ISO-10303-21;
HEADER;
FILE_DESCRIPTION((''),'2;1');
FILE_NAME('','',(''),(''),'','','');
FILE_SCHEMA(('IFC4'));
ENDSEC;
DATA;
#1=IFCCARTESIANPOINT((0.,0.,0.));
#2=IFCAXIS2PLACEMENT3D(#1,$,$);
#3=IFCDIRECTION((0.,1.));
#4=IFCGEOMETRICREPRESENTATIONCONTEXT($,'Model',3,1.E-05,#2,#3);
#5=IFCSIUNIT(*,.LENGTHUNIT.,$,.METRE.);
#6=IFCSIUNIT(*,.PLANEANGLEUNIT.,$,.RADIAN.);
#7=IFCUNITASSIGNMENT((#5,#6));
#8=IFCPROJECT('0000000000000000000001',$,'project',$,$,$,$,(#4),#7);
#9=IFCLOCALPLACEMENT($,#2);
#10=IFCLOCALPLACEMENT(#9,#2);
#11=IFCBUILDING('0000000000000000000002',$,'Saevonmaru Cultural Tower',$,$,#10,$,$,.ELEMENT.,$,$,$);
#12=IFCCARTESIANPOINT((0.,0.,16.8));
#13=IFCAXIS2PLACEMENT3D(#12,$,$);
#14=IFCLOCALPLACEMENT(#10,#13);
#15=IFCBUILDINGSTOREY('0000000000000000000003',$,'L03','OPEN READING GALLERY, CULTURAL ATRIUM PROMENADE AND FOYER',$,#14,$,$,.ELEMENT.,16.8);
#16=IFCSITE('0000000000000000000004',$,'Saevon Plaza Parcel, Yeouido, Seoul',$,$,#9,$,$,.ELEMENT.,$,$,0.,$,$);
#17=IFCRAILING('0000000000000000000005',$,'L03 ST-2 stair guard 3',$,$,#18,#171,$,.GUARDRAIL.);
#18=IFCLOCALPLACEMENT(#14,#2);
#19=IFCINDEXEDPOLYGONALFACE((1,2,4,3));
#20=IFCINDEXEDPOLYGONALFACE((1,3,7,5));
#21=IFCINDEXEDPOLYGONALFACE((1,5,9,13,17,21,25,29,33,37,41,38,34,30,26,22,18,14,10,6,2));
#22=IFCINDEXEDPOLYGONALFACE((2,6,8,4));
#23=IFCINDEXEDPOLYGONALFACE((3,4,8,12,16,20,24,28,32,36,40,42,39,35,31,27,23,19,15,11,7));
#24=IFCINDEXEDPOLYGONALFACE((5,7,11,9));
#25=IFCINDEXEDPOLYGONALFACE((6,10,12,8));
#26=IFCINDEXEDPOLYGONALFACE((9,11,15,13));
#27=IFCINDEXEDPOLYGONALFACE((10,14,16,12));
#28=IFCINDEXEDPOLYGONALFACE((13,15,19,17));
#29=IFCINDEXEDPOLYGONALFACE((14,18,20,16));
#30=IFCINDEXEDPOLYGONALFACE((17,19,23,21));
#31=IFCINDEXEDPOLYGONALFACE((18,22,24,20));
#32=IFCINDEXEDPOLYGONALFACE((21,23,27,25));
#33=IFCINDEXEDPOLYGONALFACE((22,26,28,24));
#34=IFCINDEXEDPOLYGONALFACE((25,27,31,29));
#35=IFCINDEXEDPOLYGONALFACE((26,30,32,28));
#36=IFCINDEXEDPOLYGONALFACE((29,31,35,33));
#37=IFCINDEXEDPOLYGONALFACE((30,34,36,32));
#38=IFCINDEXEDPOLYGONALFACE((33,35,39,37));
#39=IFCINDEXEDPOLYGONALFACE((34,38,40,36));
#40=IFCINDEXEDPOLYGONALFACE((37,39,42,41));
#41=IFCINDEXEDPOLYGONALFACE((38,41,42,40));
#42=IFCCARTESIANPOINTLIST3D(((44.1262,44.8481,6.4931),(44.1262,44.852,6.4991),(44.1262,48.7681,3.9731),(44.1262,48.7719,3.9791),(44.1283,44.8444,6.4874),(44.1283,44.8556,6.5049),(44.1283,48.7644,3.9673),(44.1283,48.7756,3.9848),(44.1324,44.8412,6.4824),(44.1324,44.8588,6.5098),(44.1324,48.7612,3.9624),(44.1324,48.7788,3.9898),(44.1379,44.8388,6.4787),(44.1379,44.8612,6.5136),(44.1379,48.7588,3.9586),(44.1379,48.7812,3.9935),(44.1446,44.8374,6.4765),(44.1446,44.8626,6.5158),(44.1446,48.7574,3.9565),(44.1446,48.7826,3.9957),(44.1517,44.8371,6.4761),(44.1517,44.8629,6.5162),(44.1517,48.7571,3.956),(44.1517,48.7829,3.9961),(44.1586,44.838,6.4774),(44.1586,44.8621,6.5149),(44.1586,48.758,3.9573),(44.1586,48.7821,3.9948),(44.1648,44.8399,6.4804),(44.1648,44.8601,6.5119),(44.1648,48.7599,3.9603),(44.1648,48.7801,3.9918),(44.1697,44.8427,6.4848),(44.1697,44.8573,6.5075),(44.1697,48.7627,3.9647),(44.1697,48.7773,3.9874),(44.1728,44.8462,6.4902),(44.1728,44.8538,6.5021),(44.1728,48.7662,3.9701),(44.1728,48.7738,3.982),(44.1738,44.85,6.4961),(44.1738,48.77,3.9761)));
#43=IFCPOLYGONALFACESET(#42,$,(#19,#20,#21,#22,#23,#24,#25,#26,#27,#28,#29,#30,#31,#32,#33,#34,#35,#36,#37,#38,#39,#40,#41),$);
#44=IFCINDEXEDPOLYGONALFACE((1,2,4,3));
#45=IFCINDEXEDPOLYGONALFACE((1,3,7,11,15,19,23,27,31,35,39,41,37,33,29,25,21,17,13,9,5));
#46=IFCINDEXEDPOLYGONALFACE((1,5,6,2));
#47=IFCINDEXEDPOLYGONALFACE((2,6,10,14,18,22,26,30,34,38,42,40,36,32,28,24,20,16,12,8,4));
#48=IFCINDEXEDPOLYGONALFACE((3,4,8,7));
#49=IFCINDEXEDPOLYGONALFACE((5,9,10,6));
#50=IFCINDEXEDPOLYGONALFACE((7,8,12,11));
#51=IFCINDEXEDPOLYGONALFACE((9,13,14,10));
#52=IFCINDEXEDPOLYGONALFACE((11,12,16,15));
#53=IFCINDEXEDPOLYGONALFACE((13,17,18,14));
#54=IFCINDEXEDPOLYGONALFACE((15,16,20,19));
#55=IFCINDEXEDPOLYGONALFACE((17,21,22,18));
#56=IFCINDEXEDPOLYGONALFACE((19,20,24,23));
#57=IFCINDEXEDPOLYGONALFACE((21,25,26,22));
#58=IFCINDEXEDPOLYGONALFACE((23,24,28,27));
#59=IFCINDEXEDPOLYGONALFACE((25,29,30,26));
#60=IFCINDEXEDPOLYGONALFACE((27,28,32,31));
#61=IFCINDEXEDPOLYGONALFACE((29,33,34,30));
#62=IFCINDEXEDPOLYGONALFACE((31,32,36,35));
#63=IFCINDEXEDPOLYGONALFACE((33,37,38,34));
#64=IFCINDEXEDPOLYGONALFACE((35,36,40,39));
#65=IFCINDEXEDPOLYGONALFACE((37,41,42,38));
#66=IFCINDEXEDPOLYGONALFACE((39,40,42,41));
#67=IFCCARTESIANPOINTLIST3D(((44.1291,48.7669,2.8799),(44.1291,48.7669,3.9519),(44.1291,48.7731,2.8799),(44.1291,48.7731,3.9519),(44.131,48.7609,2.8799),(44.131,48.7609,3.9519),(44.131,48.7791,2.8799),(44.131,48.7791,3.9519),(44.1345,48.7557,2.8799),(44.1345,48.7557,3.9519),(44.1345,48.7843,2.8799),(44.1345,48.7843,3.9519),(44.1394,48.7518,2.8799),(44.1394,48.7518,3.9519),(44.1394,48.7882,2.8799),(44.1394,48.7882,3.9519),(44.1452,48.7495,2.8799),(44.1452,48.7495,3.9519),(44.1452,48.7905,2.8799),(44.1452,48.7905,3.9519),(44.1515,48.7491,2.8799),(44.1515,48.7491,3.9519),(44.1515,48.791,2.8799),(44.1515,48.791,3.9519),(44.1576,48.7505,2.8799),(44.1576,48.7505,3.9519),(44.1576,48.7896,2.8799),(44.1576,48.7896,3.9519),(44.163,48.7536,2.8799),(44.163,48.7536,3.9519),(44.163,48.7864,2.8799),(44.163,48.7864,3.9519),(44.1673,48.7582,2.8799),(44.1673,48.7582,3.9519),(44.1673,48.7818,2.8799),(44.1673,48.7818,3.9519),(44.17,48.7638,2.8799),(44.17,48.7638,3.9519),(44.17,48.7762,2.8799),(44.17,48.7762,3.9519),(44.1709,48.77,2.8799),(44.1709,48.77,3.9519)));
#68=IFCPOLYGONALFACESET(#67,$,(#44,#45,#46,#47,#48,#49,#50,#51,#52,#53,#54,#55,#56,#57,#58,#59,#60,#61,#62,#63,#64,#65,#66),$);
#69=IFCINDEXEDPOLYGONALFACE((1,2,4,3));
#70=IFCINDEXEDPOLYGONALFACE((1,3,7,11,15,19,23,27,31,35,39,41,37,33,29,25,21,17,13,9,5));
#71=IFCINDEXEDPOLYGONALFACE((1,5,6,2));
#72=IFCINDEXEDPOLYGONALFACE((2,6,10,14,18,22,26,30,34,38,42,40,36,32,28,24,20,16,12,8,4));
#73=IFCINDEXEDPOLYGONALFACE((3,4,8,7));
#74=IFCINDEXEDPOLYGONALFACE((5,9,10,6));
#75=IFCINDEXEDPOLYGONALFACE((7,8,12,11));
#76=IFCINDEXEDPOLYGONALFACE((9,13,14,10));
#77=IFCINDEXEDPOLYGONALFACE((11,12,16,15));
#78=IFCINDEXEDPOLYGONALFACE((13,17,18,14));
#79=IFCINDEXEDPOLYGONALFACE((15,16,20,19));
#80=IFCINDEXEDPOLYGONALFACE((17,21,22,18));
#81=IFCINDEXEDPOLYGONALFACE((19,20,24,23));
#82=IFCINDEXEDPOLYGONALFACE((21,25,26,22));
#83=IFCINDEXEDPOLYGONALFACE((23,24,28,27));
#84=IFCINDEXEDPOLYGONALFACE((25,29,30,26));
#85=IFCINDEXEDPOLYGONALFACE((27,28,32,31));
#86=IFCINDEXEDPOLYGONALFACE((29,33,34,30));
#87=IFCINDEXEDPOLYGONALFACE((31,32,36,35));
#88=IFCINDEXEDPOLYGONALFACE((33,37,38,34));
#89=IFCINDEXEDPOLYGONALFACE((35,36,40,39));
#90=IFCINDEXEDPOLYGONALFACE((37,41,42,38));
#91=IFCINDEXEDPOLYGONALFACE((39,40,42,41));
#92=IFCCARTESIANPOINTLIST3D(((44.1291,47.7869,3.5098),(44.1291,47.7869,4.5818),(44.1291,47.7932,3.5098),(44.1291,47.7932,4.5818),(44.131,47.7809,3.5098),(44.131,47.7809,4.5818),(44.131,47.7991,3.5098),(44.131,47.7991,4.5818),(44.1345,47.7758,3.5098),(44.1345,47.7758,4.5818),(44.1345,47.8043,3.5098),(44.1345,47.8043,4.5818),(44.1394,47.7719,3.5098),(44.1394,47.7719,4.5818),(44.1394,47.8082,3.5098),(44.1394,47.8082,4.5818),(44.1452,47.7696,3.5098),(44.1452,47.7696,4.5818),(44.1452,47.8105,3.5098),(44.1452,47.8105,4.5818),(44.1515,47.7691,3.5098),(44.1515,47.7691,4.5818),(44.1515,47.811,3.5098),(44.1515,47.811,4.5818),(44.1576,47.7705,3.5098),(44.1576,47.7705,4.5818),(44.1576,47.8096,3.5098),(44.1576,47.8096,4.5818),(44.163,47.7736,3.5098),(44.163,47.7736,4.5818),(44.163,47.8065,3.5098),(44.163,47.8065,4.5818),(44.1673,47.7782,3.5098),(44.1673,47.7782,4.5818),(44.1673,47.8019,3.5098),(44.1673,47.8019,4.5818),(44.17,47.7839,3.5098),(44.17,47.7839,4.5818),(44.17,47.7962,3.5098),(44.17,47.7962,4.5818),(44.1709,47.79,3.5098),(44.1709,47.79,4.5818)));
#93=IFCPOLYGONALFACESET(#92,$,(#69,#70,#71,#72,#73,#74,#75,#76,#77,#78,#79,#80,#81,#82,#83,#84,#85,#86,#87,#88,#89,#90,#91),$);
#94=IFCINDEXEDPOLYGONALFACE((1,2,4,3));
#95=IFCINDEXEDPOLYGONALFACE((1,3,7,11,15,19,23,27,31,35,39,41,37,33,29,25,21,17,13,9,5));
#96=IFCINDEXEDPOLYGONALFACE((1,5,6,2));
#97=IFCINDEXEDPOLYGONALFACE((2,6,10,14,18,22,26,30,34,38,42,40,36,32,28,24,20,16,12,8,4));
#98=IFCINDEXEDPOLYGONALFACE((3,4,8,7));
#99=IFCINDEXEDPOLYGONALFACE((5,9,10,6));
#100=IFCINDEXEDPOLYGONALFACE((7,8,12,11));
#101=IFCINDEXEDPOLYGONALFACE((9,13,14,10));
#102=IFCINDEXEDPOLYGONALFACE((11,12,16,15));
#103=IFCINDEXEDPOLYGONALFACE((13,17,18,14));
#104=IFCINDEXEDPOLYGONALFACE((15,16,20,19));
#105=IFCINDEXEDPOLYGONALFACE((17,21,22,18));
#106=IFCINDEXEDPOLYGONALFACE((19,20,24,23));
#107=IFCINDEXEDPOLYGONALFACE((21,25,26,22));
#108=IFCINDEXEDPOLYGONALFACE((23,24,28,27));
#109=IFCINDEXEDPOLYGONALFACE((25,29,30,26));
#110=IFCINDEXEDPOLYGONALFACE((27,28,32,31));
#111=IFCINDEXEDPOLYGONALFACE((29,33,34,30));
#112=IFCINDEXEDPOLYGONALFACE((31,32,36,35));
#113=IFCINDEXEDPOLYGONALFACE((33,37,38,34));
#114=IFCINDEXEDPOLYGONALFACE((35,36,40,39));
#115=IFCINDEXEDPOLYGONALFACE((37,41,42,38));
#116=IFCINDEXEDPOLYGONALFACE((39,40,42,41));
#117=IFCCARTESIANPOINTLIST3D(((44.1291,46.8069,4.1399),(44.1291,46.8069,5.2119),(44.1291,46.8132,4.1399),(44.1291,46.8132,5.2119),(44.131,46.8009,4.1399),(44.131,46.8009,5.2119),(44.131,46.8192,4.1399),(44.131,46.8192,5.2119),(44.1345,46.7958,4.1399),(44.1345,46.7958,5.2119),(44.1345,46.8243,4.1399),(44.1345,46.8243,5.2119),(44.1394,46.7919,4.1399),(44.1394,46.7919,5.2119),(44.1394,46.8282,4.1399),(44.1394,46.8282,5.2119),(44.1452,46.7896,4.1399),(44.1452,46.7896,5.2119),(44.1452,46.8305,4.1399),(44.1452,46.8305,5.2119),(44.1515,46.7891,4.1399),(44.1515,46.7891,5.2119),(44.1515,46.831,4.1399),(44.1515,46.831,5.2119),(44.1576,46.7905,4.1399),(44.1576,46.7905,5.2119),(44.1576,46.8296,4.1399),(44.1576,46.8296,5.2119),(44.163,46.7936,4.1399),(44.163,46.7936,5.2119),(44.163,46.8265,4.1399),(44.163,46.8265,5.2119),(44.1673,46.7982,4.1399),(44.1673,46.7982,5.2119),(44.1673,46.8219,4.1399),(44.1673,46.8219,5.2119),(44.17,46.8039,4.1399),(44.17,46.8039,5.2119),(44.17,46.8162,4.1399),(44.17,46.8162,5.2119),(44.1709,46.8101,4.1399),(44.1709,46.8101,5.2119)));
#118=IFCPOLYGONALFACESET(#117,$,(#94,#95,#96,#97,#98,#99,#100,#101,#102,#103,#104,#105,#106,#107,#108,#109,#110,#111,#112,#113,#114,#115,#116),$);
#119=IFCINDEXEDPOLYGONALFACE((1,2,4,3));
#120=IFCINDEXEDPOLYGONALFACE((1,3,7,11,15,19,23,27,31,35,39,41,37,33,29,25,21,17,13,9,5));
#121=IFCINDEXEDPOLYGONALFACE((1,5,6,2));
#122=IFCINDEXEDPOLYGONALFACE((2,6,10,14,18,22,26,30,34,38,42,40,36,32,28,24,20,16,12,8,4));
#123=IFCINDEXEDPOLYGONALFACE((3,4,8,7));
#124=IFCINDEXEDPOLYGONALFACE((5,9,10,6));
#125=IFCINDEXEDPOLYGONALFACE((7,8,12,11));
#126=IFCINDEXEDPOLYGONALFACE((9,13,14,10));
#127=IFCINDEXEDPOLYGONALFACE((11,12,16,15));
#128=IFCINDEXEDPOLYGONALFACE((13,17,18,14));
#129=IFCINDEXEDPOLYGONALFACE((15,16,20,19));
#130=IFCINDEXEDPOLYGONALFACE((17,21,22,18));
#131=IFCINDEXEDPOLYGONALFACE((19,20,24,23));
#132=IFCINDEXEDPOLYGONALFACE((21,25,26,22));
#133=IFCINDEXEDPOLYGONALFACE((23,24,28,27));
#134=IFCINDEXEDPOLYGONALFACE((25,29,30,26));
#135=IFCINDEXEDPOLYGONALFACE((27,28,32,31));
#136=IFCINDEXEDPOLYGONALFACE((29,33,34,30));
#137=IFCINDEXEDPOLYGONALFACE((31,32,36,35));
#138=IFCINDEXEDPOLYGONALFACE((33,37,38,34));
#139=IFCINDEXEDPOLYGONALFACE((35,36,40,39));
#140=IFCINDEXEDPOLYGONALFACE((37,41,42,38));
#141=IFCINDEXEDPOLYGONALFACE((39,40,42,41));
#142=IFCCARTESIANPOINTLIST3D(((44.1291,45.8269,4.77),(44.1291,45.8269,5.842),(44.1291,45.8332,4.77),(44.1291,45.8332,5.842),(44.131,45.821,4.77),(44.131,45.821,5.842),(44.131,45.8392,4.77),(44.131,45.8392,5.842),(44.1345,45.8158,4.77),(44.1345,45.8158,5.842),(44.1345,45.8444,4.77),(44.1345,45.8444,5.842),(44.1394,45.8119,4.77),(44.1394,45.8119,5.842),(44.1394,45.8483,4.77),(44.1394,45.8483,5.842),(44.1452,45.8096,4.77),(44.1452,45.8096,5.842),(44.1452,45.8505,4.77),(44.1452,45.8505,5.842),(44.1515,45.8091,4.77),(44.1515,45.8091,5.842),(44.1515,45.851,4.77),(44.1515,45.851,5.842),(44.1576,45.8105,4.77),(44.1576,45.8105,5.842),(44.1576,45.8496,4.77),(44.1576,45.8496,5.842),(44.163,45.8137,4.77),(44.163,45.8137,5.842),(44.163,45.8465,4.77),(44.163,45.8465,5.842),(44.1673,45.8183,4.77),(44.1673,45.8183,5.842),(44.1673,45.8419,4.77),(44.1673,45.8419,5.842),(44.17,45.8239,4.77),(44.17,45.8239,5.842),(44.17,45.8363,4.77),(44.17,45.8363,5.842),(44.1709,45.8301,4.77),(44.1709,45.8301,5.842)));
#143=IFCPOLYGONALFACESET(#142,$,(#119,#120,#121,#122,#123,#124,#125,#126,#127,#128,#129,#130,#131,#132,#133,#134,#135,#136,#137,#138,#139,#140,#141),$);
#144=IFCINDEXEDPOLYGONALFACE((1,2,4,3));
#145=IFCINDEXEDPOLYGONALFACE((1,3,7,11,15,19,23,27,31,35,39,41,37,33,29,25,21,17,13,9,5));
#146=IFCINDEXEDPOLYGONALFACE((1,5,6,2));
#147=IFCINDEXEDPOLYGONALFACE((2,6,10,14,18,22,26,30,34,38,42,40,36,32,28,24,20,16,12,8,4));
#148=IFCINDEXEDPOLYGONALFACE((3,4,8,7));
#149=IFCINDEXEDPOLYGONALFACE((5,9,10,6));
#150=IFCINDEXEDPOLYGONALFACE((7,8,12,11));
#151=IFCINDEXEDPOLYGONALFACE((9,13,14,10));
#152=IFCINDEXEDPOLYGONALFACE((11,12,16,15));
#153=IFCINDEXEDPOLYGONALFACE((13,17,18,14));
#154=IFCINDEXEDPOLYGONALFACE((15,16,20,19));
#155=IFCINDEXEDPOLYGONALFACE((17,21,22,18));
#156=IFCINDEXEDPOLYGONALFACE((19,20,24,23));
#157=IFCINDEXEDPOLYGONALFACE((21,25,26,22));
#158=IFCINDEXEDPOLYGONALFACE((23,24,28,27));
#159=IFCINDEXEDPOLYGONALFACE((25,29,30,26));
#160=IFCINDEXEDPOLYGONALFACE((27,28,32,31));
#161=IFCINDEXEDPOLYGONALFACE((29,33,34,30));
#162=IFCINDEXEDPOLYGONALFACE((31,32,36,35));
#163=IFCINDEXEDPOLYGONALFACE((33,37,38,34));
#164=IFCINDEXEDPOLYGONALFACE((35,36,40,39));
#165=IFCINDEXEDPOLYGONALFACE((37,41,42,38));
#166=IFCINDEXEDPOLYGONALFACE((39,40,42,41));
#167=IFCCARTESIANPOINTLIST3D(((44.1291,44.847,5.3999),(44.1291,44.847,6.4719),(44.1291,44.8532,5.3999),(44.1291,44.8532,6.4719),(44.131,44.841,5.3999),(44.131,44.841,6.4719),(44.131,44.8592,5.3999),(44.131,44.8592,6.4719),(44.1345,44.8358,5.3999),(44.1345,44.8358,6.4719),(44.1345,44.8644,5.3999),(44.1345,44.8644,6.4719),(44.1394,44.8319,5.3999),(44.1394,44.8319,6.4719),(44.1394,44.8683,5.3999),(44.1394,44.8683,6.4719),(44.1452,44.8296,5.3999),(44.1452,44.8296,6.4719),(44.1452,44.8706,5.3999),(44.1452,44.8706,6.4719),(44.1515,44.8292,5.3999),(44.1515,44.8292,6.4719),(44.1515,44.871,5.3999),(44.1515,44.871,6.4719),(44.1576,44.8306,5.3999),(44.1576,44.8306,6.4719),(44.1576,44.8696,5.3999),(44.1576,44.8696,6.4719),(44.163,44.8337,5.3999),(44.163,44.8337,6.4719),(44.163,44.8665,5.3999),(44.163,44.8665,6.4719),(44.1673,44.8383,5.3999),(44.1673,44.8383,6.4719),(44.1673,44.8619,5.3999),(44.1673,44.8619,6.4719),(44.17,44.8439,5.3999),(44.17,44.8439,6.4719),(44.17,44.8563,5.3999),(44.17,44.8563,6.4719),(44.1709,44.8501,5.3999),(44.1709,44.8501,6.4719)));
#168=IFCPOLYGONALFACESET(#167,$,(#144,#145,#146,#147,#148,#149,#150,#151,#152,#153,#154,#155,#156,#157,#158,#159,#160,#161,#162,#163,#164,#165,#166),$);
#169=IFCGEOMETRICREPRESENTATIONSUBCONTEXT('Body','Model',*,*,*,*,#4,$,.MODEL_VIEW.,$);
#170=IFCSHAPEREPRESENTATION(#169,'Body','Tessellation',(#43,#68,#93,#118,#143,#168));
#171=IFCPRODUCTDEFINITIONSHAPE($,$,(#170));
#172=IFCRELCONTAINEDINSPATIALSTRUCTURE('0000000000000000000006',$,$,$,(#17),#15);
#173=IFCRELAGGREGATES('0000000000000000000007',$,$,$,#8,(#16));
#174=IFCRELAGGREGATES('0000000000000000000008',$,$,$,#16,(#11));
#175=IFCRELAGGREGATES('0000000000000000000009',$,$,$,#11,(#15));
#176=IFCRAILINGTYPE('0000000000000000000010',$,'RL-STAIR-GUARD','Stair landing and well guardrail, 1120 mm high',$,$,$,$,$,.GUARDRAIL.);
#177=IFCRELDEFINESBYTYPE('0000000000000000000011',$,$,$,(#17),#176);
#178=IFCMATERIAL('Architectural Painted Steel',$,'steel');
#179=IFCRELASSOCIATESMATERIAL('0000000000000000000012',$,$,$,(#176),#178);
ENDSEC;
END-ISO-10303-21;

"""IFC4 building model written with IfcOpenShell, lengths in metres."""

from ifc_helpers import new_model, si_unit, direction, frame, origin, origin_2d, place, context, subcontext, project, spatial, circle, extrude, material, type_object, element, save


model = new_model("IFC4")

# Units and contexts
model_context = context("Model", 3, precision=1e-05, world=origin(), true_north=direction((0.0, 1.0)))
body_context = subcontext(model_context, "Body", "Model", "MODEL_VIEW")
ifc_project = project(units=[si_unit("LENGTHUNIT", "METRE"), si_unit("PLANEANGLEUNIT", "RADIAN")], contexts=[model_context])

# Site, building, storey
site_placement = place(None, origin())
site = spatial("IfcSite", under=ifc_project, at=site_placement, Name="Saevon Plaza Parcel, Yeouido, Seoul", CompositionType="ELEMENT", RefElevation=0.0)
building_placement = place(site_placement, origin())
building = spatial("IfcBuilding", under=site, at=building_placement, Name="Saevonmaru Cultural Tower", CompositionType="ELEMENT")
storey_placement = place(building_placement, frame((0.0, 0.0, 16.8)))
storey = spatial("IfcBuildingStorey", under=building, at=storey_placement, Name="L03", Description="OPEN READING GALLERY, CULTURAL ATRIUM PROMENADE AND FOYER", CompositionType="ELEMENT", Elevation=16.8)

# Railing
ifc_material_1 = material(Name="Architectural Painted Steel", Category="steel")
railing_type_1 = type_object("IfcRailingType", Name="RL-STAIR-GUARD", Description="Stair landing and well guardrail, 1120 mm high", PredefinedType="GUARDRAIL", material=ifc_material_1)
railing_1_placement = place(storey_placement, frame((44.1499, 48.77, 2.8799)))
element("IfcRailing", 1, at=railing_1_placement, inside=storey, type_object=railing_type_1, Name="L03 ST-2 stair guard 3", PredefinedType="GUARDRAIL", context=body_context, shape_type="SweptSolid", body=[
    extrude(circle(Radius=0.0239, at=origin_2d()), frame((0.0, 0.0, 1.0962), z_axis=(0.0, -0.841172, 0.540768), x_axis=(1.0, 0.0, 0.0)), (0.0, 0.0, 1.0), 4.6602),
    extrude(circle(Radius=0.021, at=origin_2d()), origin(), (0.0, 0.0, 1.0), 1.072),
    extrude(circle(Radius=0.021, at=origin_2d()), frame((0.0, -0.98, 0.6299)), (0.0, 0.0, 1.0), 1.072),
    extrude(circle(Radius=0.021, at=origin_2d()), frame((0.0, -1.96, 1.26)), (0.0, 0.0, 1.0), 1.072),
    extrude(circle(Radius=0.021, at=origin_2d()), frame((0.0, -2.9399, 1.8901)), (0.0, 0.0, 1.0), 1.072),
    extrude(circle(Radius=0.021, at=origin_2d()), frame((0.0, -3.9199, 2.52)), (0.0, 0.0, 1.0), 1.072),
])

save(model, "model.ifc")
